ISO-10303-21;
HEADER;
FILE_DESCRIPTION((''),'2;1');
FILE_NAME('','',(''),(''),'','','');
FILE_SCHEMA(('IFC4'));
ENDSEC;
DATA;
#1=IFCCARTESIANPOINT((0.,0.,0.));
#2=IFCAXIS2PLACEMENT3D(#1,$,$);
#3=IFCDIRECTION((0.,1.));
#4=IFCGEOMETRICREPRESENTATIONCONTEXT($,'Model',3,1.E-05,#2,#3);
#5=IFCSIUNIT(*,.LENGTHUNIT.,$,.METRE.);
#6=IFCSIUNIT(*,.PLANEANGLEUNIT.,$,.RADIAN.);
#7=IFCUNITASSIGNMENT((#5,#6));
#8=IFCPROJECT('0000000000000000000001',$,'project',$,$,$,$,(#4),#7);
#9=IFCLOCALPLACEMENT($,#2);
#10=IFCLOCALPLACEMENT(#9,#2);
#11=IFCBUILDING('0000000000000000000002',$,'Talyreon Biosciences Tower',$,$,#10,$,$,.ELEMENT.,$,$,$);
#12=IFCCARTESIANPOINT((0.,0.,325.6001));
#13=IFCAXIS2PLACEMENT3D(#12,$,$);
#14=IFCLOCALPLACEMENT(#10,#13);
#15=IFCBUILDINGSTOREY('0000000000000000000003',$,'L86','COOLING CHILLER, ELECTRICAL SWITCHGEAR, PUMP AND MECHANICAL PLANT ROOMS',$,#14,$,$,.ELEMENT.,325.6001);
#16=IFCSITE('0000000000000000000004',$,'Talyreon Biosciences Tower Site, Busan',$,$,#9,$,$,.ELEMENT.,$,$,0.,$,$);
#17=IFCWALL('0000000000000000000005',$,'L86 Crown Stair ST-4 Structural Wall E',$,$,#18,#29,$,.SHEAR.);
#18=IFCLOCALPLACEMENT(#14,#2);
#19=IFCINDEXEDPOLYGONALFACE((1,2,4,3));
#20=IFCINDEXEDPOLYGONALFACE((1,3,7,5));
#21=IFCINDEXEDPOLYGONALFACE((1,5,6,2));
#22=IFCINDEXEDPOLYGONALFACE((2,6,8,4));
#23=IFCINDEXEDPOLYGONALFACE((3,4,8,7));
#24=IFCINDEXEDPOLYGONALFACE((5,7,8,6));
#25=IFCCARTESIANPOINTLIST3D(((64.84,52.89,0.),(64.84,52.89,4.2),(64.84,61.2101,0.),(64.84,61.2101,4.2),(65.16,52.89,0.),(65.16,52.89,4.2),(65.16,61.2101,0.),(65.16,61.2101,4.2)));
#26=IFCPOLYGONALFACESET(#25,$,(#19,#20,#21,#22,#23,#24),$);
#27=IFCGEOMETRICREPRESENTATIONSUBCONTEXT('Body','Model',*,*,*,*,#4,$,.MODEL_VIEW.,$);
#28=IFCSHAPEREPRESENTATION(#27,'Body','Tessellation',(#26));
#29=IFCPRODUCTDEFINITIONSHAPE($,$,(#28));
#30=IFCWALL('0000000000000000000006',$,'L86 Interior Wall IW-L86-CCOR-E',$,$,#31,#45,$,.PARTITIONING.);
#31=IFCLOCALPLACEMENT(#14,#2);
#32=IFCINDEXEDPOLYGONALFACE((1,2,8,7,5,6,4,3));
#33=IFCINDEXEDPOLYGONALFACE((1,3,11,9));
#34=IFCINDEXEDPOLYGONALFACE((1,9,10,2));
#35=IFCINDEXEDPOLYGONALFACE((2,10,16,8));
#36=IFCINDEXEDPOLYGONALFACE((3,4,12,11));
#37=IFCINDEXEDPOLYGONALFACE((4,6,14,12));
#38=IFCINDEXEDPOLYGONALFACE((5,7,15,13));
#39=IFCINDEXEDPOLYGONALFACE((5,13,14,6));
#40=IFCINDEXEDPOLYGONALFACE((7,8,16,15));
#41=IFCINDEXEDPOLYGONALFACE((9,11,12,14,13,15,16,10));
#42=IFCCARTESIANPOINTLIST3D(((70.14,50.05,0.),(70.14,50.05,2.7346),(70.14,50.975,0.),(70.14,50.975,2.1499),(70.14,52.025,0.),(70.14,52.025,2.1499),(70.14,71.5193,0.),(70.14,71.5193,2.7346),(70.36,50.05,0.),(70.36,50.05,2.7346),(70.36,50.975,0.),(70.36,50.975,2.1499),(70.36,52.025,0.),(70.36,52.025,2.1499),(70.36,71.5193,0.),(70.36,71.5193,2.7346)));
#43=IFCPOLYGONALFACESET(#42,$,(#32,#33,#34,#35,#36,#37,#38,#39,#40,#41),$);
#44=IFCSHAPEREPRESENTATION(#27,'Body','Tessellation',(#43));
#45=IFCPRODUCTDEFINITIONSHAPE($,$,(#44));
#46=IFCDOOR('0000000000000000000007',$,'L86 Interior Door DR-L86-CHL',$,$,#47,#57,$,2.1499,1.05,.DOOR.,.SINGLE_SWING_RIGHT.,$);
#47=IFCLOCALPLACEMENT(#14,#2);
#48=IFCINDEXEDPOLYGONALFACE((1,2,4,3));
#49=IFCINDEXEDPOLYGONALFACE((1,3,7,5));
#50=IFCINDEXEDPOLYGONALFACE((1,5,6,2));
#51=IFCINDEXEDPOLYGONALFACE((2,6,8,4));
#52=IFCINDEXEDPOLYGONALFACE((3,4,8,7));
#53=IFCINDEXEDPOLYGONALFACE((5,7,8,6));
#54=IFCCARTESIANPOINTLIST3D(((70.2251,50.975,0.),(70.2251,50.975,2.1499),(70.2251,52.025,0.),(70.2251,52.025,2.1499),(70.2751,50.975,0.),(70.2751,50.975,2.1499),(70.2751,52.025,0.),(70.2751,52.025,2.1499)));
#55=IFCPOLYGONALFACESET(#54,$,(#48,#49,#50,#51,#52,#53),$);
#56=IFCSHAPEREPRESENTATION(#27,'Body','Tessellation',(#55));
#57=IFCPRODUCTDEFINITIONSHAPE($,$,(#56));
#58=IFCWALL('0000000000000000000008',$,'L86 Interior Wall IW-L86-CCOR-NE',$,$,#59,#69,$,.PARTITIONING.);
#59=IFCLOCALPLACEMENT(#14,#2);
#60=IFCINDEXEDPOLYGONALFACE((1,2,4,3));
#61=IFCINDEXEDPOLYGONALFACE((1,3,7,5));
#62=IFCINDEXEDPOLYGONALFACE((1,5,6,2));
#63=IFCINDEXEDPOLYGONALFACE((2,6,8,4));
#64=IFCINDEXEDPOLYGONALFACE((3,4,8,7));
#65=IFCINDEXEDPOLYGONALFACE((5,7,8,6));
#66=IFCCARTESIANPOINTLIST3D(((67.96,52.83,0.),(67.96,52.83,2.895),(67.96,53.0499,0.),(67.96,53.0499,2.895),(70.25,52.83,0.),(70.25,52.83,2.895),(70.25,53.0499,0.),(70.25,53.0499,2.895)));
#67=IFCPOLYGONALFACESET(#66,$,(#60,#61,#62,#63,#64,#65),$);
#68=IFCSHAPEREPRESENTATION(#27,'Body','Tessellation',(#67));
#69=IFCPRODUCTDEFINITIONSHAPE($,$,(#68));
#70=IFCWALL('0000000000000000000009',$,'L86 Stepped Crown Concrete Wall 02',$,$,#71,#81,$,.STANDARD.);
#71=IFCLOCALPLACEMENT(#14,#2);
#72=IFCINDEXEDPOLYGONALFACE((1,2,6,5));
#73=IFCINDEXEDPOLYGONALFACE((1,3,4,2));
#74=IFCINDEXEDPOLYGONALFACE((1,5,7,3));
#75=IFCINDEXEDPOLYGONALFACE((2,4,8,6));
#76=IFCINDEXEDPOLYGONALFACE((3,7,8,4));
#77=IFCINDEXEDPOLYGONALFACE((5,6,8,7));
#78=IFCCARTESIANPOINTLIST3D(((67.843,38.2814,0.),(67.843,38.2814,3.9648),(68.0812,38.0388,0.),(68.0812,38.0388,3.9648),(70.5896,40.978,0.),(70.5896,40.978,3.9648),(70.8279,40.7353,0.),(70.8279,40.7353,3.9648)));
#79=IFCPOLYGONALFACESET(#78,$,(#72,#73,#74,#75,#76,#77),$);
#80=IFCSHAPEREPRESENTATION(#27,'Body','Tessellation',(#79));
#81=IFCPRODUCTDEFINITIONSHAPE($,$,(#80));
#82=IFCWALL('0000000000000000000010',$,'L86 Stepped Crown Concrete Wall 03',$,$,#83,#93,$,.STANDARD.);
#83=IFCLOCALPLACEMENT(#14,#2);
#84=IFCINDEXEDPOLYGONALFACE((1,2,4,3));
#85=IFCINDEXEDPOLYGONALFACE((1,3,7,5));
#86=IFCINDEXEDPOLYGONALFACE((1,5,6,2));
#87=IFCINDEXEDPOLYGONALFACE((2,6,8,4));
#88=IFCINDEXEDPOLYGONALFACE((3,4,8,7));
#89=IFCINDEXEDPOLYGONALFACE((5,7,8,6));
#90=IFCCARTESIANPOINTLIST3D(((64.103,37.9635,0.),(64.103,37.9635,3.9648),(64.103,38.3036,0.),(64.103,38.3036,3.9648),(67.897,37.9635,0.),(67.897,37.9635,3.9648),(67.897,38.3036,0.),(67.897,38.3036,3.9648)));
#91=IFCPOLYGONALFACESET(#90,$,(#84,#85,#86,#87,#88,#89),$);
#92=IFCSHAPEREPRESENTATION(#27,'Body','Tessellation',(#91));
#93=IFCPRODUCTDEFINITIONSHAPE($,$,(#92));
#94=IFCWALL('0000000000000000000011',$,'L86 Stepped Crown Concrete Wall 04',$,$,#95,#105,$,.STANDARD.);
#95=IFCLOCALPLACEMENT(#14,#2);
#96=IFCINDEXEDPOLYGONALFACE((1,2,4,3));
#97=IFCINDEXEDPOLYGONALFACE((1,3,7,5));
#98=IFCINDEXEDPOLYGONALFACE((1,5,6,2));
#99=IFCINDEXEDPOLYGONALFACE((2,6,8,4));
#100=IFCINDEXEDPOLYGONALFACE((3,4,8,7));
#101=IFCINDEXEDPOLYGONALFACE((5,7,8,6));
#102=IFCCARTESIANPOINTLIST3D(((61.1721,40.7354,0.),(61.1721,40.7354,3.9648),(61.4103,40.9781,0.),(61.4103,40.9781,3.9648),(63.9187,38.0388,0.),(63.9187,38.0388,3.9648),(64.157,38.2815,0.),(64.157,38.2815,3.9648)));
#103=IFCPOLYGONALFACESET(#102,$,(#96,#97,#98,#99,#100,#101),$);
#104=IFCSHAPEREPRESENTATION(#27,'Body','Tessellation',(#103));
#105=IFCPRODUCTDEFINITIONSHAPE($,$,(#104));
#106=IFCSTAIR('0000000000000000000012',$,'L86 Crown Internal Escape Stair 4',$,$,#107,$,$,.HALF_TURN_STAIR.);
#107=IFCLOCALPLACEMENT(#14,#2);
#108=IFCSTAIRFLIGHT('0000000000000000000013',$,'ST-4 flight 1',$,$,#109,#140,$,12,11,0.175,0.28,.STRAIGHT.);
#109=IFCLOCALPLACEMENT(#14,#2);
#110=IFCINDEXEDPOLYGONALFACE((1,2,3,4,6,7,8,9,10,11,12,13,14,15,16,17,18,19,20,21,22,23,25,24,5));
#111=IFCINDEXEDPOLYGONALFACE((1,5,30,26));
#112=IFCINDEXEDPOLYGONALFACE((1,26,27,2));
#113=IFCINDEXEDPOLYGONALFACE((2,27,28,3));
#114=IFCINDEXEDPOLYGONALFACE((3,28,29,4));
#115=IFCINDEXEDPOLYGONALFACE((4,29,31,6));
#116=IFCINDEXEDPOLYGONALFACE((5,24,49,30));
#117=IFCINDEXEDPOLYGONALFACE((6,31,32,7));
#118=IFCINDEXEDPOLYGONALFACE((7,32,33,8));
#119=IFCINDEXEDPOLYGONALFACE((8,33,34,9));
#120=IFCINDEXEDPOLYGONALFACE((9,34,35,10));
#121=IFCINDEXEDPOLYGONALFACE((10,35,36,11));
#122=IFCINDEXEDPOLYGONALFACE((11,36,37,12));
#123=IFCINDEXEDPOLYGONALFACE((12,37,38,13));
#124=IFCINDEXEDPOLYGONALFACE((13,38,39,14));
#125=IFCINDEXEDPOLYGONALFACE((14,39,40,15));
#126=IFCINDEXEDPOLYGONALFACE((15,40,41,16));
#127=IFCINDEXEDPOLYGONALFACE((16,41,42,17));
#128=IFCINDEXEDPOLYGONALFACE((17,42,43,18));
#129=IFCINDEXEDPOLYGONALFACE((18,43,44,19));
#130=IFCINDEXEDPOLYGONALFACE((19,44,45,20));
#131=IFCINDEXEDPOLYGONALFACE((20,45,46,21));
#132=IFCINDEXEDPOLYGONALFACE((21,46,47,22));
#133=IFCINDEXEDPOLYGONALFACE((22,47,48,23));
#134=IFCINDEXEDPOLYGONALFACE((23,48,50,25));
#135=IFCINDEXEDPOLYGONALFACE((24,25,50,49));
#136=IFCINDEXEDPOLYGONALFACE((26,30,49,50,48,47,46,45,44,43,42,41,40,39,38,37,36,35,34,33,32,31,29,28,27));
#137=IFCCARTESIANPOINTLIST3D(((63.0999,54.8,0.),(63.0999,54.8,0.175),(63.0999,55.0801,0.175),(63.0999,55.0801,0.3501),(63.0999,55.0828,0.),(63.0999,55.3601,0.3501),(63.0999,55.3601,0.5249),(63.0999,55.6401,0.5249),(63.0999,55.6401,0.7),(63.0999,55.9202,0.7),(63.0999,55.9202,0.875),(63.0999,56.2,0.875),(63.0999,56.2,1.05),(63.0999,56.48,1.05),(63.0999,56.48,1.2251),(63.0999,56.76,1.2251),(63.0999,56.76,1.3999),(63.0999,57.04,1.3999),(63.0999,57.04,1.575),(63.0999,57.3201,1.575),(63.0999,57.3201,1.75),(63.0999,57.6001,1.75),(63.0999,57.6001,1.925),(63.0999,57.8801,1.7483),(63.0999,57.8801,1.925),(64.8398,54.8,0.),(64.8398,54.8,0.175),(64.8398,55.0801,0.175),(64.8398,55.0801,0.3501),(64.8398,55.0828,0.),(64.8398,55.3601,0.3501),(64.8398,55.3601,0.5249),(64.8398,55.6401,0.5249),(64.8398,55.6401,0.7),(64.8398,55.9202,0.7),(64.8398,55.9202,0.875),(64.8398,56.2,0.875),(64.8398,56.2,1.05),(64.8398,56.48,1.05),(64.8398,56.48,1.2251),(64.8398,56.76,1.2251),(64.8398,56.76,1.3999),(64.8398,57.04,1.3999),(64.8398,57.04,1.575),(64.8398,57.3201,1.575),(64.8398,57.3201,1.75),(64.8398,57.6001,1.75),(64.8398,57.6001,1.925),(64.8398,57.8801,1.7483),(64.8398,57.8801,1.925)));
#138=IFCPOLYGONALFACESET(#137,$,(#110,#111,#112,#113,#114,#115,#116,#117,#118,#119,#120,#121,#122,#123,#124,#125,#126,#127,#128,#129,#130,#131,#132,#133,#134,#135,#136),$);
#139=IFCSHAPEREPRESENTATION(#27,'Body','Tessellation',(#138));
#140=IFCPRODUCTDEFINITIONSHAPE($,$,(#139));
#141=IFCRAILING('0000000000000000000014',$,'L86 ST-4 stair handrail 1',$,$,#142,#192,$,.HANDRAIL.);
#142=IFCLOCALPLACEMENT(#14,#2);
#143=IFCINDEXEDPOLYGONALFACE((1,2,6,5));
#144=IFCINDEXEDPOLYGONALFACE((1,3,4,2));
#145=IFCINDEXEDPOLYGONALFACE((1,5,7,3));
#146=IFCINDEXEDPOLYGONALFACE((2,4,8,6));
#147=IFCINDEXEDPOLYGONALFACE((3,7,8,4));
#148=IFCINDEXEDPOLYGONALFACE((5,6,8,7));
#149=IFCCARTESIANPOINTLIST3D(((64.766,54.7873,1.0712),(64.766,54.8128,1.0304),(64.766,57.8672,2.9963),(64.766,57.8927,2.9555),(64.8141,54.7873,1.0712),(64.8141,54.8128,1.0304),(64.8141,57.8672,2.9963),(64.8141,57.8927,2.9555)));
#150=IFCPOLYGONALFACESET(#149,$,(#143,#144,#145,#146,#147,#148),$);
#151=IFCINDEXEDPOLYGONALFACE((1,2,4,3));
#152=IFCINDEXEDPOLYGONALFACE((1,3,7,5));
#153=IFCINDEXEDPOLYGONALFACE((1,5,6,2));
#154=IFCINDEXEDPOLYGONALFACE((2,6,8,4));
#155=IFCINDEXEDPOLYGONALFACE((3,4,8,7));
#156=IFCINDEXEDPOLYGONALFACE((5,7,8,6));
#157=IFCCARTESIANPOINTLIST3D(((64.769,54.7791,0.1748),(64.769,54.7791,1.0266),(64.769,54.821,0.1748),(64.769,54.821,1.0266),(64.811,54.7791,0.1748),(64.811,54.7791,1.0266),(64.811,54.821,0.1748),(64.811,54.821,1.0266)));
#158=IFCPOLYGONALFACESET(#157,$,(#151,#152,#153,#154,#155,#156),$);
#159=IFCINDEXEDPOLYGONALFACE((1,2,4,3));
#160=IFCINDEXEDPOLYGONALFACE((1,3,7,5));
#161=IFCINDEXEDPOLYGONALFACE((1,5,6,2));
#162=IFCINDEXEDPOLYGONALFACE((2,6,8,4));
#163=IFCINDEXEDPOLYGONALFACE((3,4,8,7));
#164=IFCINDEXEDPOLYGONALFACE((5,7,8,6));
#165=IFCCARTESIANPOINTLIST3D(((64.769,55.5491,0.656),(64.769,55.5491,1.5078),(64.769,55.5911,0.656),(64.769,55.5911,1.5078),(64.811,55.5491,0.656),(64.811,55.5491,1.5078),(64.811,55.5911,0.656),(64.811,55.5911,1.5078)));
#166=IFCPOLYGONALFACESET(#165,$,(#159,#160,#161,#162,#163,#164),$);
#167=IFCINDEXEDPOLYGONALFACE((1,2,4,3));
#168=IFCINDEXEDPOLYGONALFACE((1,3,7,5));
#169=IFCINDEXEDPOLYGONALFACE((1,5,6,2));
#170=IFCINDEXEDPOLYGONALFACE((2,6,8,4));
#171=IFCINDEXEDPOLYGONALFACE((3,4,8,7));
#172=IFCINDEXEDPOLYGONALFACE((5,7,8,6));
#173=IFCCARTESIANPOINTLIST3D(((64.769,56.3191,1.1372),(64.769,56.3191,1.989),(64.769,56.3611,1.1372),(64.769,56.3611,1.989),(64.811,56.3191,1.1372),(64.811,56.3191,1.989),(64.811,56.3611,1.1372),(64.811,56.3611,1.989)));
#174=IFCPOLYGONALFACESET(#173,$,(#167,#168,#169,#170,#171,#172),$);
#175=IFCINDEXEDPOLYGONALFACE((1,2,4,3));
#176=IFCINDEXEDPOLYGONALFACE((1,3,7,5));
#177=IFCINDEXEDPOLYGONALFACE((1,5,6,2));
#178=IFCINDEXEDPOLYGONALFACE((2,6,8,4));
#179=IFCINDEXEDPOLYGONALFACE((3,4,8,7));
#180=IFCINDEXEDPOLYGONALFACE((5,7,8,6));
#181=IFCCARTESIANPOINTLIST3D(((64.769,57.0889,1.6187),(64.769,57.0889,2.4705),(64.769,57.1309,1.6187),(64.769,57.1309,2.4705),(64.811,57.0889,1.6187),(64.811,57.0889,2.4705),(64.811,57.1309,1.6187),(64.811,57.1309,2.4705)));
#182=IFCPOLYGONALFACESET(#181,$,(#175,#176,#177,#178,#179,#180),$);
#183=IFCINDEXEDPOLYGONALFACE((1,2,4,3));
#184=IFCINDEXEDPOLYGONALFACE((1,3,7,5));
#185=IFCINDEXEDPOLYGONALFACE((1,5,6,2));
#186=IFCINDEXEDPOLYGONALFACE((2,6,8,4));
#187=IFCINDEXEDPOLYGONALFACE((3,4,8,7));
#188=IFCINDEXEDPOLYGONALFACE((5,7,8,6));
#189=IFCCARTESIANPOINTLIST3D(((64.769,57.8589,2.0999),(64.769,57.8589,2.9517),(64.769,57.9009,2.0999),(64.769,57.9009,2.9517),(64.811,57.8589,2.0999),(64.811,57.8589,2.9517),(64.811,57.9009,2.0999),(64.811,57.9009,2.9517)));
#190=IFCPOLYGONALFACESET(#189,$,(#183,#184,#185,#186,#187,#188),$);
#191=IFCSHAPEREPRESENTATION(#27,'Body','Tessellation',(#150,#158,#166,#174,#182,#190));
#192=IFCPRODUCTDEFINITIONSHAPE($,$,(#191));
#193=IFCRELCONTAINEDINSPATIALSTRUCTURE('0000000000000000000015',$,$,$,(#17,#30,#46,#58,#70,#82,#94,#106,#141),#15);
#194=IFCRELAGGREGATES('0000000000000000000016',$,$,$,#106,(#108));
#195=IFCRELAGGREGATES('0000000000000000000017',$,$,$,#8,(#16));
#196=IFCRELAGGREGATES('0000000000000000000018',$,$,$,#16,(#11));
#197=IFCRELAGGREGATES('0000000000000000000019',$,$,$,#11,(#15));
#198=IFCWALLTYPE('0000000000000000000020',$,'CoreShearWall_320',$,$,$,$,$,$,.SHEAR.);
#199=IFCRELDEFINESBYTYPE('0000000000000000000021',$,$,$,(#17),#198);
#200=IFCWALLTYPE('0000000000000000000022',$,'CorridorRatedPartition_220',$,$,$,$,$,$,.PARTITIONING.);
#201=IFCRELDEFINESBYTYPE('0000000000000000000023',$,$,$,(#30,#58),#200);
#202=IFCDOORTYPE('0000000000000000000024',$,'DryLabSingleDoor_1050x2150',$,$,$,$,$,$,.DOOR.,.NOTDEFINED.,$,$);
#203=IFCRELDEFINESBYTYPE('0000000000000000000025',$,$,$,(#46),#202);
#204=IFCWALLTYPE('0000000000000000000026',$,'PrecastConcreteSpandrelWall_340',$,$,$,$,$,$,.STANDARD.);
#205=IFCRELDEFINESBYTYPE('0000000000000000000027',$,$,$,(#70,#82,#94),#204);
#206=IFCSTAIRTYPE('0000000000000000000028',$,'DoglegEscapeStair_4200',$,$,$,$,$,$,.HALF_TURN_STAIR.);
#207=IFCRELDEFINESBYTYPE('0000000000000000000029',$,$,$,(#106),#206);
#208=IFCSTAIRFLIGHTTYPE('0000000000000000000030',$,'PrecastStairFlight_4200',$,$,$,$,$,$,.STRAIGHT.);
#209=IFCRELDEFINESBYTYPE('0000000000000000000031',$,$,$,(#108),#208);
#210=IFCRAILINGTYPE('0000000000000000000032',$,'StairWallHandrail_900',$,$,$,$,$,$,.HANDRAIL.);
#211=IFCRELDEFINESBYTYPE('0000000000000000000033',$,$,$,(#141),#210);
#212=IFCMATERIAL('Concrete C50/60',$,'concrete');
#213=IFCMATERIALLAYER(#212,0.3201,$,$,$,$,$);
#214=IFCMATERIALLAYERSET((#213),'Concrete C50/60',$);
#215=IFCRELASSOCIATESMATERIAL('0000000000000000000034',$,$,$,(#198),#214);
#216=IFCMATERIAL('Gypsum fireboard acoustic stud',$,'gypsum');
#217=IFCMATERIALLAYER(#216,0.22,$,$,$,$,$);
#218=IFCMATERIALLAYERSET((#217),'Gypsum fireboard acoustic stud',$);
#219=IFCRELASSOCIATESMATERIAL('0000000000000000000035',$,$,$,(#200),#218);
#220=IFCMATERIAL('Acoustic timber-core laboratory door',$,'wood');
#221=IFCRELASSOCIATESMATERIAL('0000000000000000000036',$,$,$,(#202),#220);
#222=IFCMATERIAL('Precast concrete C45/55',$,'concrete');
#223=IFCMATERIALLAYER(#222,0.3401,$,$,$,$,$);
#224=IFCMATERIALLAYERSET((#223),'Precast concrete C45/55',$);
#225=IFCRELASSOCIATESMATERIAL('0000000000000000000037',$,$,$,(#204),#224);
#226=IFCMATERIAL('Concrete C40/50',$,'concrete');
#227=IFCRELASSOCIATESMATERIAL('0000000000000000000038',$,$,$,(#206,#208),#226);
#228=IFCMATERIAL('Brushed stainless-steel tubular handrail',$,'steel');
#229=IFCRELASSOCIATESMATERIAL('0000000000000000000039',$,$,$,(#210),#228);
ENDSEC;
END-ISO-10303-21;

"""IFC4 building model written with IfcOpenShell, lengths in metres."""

from ifc_helpers import new_model, si_unit, direction, frame, frame_2d, origin, origin_2d, place, context, subcontext, project, spatial, polyline, rectangle, outline, extrude, material, layer, layer_set, type_object, element, fill, aggregate, save


model = new_model("IFC4")

# Units and contexts
model_context = context("Model", 3, precision=1e-05, world=origin(), true_north=direction((0.0, 1.0)))
body_context = subcontext(model_context, "Body", "Model", "MODEL_VIEW")
ifc_project = project(units=[si_unit("LENGTHUNIT", "METRE"), si_unit("PLANEANGLEUNIT", "RADIAN")], contexts=[model_context])

# Site, building, storey
site_placement = place(None, origin())
site = spatial("IfcSite", under=ifc_project, at=site_placement, Name="Talyreon Biosciences Tower Site, Busan", CompositionType="ELEMENT", RefElevation=0.0)
building_placement = place(site_placement, origin())
building = spatial("IfcBuilding", under=site, at=building_placement, Name="Talyreon Biosciences Tower", CompositionType="ELEMENT")
storey_placement = place(building_placement, frame((0.0, 0.0, 325.6001)))
storey = spatial("IfcBuildingStorey", under=building, at=storey_placement, Name="L86", Description="COOLING CHILLER, ELECTRICAL SWITCHGEAR, PUMP AND MECHANICAL PLANT ROOMS", CompositionType="ELEMENT", Elevation=325.6001)

# Shared definitions
ifc_material_1 = material(Name="Concrete C50/60", Category="concrete")

# Wall
ifc_layer_1 = layer(ifc_material_1, 0.3201)
ifc_layer_set_1 = layer_set([ifc_layer_1], Name="Concrete C50/60")
wall_type_1 = type_object("IfcWallType", Name="CoreShearWall_320", PredefinedType="SHEAR", material=ifc_layer_set_1)
wall_1_placement = place(storey_placement, frame((65.0, 52.8899, 0.0), z_axis=(0.0, 0.0, 1.0), x_axis=(0.0, 1.0, 0.0)))
element("IfcWall", 1, at=wall_1_placement, inside=storey, type_object=wall_type_1, Name="L86 Crown Stair ST-4 Structural Wall E", PredefinedType="SHEAR", context=body_context, shape_type="SweptSolid", body=[
    extrude(rectangle(XDim=8.3201, YDim=0.3201, at=frame_2d((4.1602, 0.0))), origin(), (0.0, 0.0, 1.0), 4.2),
])

# Wall, opening, door
ifc_material_2 = material(Name="Gypsum fireboard acoustic stud", Category="gypsum")
ifc_layer_2 = layer(ifc_material_2, 0.22)
ifc_layer_set_2 = layer_set([ifc_layer_2], Name="Gypsum fireboard acoustic stud")
wall_type_2 = type_object("IfcWallType", Name="CorridorRatedPartition_220", PredefinedType="PARTITIONING", material=ifc_layer_set_2)
wall_2_placement = place(storey_placement, frame((70.25, 50.05, 0.0), z_axis=(0.0, 0.0, 1.0), x_axis=(0.0, 1.0, 0.0)))
wall_2 = element("IfcWall", 2, at=wall_2_placement, inside=storey, type_object=wall_type_2, Name="L86 Interior Wall IW-L86-CCOR-E", PredefinedType="PARTITIONING", context=body_context, shape_type="SweptSolid", body=[
    extrude(rectangle(XDim=21.4692, YDim=0.22, at=frame_2d((10.7346, 0.0))), origin(), (0.0, 0.0, 1.0), 2.7346),
])
opening_1_placement = place(wall_2_placement, frame((0.925, 0.0, 0.0)))
opening_1 = element("IfcOpeningElement", 3, at=opening_1_placement, cuts=wall_2, PredefinedType="OPENING", context=body_context, shape_type="SweptSolid", body=[
    extrude(rectangle(XDim=1.05, YDim=2.1499, at=frame_2d((0.5249, 1.075))), frame((0.0, 0.1199, 0.0), z_axis=(0.0, -1.0, 0.0), x_axis=(1.0, 0.0, 0.0)), (0.0, 0.0, 1.0), 0.24),
])
ifc_material_3 = material(Name="Acoustic timber-core laboratory door", Category="wood")
door_type_1 = type_object("IfcDoorType", Name="DryLabSingleDoor_1050x2150", OperationType="NOTDEFINED", PredefinedType="DOOR", material=ifc_material_3)
door_1_placement = place(opening_1_placement, origin())
door_1 = element("IfcDoor", 4, at=door_1_placement, inside=storey, type_object=door_type_1, Name="L86 Interior Door DR-L86-CHL", OperationType="SINGLE_SWING_RIGHT", OverallHeight=2.1499, OverallWidth=1.05, PredefinedType="DOOR", context=body_context, shape_type="SweptSolid", body=[
    extrude(rectangle(XDim=1.05, YDim=2.1499, at=frame_2d((0.5249, 1.075))), frame((0.0, 0.0249, 0.0), z_axis=(0.0, -1.0, 0.0), x_axis=(1.0, 0.0, 0.0)), (0.0, 0.0, 1.0), 0.05),
])
fill(opening_1, door_1)

# Walls
wall_3_placement = place(storey_placement, frame((67.96, 52.9399, 0.0), z_axis=(0.0, 0.0, 1.0), x_axis=(1.0, 0.0, 0.0)))
element("IfcWall", 5, at=wall_3_placement, inside=storey, type_object=wall_type_2, Name="L86 Interior Wall IW-L86-CCOR-NE", PredefinedType="PARTITIONING", context=body_context, shape_type="SweptSolid", body=[
    extrude(rectangle(XDim=2.29, YDim=0.22, at=frame_2d((1.145, 0.0))), origin(), (0.0, 0.0, 1.0), 2.895),
])
ifc_material_4 = material(Name="Precast concrete C45/55", Category="concrete")
ifc_layer_3 = layer(ifc_material_4, 0.3401)
ifc_layer_set_3 = layer_set([ifc_layer_3], Name="Precast concrete C45/55")
wall_type_3 = type_object("IfcWallType", Name="PrecastConcreteSpandrelWall_340", PredefinedType="STANDARD", material=ifc_layer_set_3)
wall_4_placement = place(storey_placement, frame((70.7087, 40.8567, 0.0), z_axis=(0.0, 0.0, 1.0), x_axis=(-0.713578, -0.700575, 0.0)))
element("IfcWall", 6, at=wall_4_placement, inside=storey, type_object=wall_type_3, Name="L86 Stepped Crown Concrete Wall 02", PredefinedType="STANDARD", context=body_context, shape_type="SweptSolid", body=[
    extrude(rectangle(XDim=3.8491, YDim=0.3401, at=frame_2d((1.9246, 0.0))), origin(), (0.0, 0.0, 1.0), 3.9648),
])
wall_5_placement = place(storey_placement, frame((67.897, 38.1335, 0.0), z_axis=(0.0, 0.0, 1.0), x_axis=(-1.0, 0.0, 0.0)))
element("IfcWall", 7, at=wall_5_placement, inside=storey, type_object=wall_type_3, Name="L86 Stepped Crown Concrete Wall 03", PredefinedType="STANDARD", context=body_context, shape_type="SweptSolid", body=[
    extrude(rectangle(XDim=3.7939, YDim=0.3401, at=frame_2d((1.897, 0.0))), origin(), (0.0, 0.0, 1.0), 3.9648),
])
wall_6_placement = place(storey_placement, frame((64.0378, 38.1602, 0.0), z_axis=(0.0, 0.0, 1.0), x_axis=(-0.713578, 0.700575, 0.0)))
element("IfcWall", 8, at=wall_6_placement, inside=storey, type_object=wall_type_3, Name="L86 Stepped Crown Concrete Wall 04", PredefinedType="STANDARD", context=body_context, shape_type="SweptSolid", body=[
    extrude(rectangle(XDim=3.8491, YDim=0.3401, at=frame_2d((1.9246, 0.0))), origin(), (0.0, 0.0, 1.0), 3.9648),
])

# Stair, stair flight
ifc_material_5 = material(Name="Concrete C40/50", Category="concrete")
stair_type = type_object("IfcStairType", Name="DoglegEscapeStair_4200", PredefinedType="HALF_TURN_STAIR", material=ifc_material_5)
stair_placement = place(storey_placement, origin())
stair = element("IfcStair", 9, at=stair_placement, inside=storey, type_object=stair_type, Name="L86 Crown Internal Escape Stair 4", PredefinedType="HALF_TURN_STAIR")
stair_flight_type = type_object("IfcStairFlightType", Name="PrecastStairFlight_4200", PredefinedType="STRAIGHT", material=ifc_material_5)
stair_flight_placement = place(storey_placement, frame((63.97, 54.8, 0.0), z_axis=(0.0, 0.0, 1.0), x_axis=(0.0, 1.0, 0.0)))
stair_flight = element("IfcStairFlight", 10, at=stair_flight_placement, type_object=stair_flight_type, Name="ST-4 flight 1", NumberOfRisers=12, NumberOfTreads=11, PredefinedType="STRAIGHT", RiserHeight=0.175, TreadLength=0.28, context=body_context, shape_type="SweptSolid", body=[
    extrude(outline(polyline([(0.0, 0.0), (0.0, 0.175), (0.28, 0.175), (0.28, 0.3501), (0.5601, 0.3501), (0.5601, 0.5249), (0.8401, 0.5249), (0.8401, 0.7), (1.1201, 0.7), (1.1201, 0.875), (1.3999, 0.875), (1.3999, 1.05), (1.6799, 1.05), (1.6799, 1.2251), (1.96, 1.2251), (1.96, 1.3999), (2.24, 1.3999), (2.24, 1.575), (2.52, 1.575), (2.52, 1.75), (2.8, 1.75), (2.8, 1.925), (3.0801, 1.925), (3.0801, 2.1001), (3.0801, 1.7483), (0.2827, 0.0), (0.0, 0.0)])), frame((0.0, 0.8701, 0.0), z_axis=(0.0, -1.0, 0.0), x_axis=(1.0, 0.0, 0.0)), (0.0, 0.0, 1.0), 1.74),
])
aggregate(stair, [stair_flight])

# Railing
ifc_material_6 = material(Name="Brushed stainless-steel tubular handrail", Category="steel")
railing_type = type_object("IfcRailingType", Name="StairWallHandrail_900", PredefinedType="HANDRAIL", material=ifc_material_6)
railing_placement = place(storey_placement, frame((64.79, 54.8, 0.1748)))
element("IfcRailing", 11, at=railing_placement, inside=storey, type_object=railing_type, Name="L86 ST-4 stair handrail 1", PredefinedType="HANDRAIL", context=body_context, shape_type="SweptSolid", body=[
    extrude(rectangle(XDim=0.0481, YDim=0.0481, at=origin_2d()), frame((0.0, 0.0, 0.876), z_axis=(0.0, 0.847979, 0.530029), x_axis=(-1.0, 0.0, 0.0)), (0.0, 0.0, 1.0), 3.6321),
    extrude(rectangle(XDim=0.042, YDim=0.042, at=origin_2d()), origin(), (0.0, 0.0, 1.0), 0.8518),
    extrude(rectangle(XDim=0.042, YDim=0.042, at=origin_2d()), frame((0.0, 0.77, 0.4812)), (0.0, 0.0, 1.0), 0.8518),
    extrude(rectangle(XDim=0.042, YDim=0.042, at=origin_2d()), frame((0.0, 1.54, 0.9624)), (0.0, 0.0, 1.0), 0.8518),
    extrude(rectangle(XDim=0.042, YDim=0.042, at=origin_2d()), frame((0.0, 2.3098, 1.4438)), (0.0, 0.0, 1.0), 0.8518),
    extrude(rectangle(XDim=0.042, YDim=0.042, at=origin_2d()), frame((0.0, 3.0798, 1.925)), (0.0, 0.0, 1.0), 0.8518),
])

save(model, "model.ifc")
